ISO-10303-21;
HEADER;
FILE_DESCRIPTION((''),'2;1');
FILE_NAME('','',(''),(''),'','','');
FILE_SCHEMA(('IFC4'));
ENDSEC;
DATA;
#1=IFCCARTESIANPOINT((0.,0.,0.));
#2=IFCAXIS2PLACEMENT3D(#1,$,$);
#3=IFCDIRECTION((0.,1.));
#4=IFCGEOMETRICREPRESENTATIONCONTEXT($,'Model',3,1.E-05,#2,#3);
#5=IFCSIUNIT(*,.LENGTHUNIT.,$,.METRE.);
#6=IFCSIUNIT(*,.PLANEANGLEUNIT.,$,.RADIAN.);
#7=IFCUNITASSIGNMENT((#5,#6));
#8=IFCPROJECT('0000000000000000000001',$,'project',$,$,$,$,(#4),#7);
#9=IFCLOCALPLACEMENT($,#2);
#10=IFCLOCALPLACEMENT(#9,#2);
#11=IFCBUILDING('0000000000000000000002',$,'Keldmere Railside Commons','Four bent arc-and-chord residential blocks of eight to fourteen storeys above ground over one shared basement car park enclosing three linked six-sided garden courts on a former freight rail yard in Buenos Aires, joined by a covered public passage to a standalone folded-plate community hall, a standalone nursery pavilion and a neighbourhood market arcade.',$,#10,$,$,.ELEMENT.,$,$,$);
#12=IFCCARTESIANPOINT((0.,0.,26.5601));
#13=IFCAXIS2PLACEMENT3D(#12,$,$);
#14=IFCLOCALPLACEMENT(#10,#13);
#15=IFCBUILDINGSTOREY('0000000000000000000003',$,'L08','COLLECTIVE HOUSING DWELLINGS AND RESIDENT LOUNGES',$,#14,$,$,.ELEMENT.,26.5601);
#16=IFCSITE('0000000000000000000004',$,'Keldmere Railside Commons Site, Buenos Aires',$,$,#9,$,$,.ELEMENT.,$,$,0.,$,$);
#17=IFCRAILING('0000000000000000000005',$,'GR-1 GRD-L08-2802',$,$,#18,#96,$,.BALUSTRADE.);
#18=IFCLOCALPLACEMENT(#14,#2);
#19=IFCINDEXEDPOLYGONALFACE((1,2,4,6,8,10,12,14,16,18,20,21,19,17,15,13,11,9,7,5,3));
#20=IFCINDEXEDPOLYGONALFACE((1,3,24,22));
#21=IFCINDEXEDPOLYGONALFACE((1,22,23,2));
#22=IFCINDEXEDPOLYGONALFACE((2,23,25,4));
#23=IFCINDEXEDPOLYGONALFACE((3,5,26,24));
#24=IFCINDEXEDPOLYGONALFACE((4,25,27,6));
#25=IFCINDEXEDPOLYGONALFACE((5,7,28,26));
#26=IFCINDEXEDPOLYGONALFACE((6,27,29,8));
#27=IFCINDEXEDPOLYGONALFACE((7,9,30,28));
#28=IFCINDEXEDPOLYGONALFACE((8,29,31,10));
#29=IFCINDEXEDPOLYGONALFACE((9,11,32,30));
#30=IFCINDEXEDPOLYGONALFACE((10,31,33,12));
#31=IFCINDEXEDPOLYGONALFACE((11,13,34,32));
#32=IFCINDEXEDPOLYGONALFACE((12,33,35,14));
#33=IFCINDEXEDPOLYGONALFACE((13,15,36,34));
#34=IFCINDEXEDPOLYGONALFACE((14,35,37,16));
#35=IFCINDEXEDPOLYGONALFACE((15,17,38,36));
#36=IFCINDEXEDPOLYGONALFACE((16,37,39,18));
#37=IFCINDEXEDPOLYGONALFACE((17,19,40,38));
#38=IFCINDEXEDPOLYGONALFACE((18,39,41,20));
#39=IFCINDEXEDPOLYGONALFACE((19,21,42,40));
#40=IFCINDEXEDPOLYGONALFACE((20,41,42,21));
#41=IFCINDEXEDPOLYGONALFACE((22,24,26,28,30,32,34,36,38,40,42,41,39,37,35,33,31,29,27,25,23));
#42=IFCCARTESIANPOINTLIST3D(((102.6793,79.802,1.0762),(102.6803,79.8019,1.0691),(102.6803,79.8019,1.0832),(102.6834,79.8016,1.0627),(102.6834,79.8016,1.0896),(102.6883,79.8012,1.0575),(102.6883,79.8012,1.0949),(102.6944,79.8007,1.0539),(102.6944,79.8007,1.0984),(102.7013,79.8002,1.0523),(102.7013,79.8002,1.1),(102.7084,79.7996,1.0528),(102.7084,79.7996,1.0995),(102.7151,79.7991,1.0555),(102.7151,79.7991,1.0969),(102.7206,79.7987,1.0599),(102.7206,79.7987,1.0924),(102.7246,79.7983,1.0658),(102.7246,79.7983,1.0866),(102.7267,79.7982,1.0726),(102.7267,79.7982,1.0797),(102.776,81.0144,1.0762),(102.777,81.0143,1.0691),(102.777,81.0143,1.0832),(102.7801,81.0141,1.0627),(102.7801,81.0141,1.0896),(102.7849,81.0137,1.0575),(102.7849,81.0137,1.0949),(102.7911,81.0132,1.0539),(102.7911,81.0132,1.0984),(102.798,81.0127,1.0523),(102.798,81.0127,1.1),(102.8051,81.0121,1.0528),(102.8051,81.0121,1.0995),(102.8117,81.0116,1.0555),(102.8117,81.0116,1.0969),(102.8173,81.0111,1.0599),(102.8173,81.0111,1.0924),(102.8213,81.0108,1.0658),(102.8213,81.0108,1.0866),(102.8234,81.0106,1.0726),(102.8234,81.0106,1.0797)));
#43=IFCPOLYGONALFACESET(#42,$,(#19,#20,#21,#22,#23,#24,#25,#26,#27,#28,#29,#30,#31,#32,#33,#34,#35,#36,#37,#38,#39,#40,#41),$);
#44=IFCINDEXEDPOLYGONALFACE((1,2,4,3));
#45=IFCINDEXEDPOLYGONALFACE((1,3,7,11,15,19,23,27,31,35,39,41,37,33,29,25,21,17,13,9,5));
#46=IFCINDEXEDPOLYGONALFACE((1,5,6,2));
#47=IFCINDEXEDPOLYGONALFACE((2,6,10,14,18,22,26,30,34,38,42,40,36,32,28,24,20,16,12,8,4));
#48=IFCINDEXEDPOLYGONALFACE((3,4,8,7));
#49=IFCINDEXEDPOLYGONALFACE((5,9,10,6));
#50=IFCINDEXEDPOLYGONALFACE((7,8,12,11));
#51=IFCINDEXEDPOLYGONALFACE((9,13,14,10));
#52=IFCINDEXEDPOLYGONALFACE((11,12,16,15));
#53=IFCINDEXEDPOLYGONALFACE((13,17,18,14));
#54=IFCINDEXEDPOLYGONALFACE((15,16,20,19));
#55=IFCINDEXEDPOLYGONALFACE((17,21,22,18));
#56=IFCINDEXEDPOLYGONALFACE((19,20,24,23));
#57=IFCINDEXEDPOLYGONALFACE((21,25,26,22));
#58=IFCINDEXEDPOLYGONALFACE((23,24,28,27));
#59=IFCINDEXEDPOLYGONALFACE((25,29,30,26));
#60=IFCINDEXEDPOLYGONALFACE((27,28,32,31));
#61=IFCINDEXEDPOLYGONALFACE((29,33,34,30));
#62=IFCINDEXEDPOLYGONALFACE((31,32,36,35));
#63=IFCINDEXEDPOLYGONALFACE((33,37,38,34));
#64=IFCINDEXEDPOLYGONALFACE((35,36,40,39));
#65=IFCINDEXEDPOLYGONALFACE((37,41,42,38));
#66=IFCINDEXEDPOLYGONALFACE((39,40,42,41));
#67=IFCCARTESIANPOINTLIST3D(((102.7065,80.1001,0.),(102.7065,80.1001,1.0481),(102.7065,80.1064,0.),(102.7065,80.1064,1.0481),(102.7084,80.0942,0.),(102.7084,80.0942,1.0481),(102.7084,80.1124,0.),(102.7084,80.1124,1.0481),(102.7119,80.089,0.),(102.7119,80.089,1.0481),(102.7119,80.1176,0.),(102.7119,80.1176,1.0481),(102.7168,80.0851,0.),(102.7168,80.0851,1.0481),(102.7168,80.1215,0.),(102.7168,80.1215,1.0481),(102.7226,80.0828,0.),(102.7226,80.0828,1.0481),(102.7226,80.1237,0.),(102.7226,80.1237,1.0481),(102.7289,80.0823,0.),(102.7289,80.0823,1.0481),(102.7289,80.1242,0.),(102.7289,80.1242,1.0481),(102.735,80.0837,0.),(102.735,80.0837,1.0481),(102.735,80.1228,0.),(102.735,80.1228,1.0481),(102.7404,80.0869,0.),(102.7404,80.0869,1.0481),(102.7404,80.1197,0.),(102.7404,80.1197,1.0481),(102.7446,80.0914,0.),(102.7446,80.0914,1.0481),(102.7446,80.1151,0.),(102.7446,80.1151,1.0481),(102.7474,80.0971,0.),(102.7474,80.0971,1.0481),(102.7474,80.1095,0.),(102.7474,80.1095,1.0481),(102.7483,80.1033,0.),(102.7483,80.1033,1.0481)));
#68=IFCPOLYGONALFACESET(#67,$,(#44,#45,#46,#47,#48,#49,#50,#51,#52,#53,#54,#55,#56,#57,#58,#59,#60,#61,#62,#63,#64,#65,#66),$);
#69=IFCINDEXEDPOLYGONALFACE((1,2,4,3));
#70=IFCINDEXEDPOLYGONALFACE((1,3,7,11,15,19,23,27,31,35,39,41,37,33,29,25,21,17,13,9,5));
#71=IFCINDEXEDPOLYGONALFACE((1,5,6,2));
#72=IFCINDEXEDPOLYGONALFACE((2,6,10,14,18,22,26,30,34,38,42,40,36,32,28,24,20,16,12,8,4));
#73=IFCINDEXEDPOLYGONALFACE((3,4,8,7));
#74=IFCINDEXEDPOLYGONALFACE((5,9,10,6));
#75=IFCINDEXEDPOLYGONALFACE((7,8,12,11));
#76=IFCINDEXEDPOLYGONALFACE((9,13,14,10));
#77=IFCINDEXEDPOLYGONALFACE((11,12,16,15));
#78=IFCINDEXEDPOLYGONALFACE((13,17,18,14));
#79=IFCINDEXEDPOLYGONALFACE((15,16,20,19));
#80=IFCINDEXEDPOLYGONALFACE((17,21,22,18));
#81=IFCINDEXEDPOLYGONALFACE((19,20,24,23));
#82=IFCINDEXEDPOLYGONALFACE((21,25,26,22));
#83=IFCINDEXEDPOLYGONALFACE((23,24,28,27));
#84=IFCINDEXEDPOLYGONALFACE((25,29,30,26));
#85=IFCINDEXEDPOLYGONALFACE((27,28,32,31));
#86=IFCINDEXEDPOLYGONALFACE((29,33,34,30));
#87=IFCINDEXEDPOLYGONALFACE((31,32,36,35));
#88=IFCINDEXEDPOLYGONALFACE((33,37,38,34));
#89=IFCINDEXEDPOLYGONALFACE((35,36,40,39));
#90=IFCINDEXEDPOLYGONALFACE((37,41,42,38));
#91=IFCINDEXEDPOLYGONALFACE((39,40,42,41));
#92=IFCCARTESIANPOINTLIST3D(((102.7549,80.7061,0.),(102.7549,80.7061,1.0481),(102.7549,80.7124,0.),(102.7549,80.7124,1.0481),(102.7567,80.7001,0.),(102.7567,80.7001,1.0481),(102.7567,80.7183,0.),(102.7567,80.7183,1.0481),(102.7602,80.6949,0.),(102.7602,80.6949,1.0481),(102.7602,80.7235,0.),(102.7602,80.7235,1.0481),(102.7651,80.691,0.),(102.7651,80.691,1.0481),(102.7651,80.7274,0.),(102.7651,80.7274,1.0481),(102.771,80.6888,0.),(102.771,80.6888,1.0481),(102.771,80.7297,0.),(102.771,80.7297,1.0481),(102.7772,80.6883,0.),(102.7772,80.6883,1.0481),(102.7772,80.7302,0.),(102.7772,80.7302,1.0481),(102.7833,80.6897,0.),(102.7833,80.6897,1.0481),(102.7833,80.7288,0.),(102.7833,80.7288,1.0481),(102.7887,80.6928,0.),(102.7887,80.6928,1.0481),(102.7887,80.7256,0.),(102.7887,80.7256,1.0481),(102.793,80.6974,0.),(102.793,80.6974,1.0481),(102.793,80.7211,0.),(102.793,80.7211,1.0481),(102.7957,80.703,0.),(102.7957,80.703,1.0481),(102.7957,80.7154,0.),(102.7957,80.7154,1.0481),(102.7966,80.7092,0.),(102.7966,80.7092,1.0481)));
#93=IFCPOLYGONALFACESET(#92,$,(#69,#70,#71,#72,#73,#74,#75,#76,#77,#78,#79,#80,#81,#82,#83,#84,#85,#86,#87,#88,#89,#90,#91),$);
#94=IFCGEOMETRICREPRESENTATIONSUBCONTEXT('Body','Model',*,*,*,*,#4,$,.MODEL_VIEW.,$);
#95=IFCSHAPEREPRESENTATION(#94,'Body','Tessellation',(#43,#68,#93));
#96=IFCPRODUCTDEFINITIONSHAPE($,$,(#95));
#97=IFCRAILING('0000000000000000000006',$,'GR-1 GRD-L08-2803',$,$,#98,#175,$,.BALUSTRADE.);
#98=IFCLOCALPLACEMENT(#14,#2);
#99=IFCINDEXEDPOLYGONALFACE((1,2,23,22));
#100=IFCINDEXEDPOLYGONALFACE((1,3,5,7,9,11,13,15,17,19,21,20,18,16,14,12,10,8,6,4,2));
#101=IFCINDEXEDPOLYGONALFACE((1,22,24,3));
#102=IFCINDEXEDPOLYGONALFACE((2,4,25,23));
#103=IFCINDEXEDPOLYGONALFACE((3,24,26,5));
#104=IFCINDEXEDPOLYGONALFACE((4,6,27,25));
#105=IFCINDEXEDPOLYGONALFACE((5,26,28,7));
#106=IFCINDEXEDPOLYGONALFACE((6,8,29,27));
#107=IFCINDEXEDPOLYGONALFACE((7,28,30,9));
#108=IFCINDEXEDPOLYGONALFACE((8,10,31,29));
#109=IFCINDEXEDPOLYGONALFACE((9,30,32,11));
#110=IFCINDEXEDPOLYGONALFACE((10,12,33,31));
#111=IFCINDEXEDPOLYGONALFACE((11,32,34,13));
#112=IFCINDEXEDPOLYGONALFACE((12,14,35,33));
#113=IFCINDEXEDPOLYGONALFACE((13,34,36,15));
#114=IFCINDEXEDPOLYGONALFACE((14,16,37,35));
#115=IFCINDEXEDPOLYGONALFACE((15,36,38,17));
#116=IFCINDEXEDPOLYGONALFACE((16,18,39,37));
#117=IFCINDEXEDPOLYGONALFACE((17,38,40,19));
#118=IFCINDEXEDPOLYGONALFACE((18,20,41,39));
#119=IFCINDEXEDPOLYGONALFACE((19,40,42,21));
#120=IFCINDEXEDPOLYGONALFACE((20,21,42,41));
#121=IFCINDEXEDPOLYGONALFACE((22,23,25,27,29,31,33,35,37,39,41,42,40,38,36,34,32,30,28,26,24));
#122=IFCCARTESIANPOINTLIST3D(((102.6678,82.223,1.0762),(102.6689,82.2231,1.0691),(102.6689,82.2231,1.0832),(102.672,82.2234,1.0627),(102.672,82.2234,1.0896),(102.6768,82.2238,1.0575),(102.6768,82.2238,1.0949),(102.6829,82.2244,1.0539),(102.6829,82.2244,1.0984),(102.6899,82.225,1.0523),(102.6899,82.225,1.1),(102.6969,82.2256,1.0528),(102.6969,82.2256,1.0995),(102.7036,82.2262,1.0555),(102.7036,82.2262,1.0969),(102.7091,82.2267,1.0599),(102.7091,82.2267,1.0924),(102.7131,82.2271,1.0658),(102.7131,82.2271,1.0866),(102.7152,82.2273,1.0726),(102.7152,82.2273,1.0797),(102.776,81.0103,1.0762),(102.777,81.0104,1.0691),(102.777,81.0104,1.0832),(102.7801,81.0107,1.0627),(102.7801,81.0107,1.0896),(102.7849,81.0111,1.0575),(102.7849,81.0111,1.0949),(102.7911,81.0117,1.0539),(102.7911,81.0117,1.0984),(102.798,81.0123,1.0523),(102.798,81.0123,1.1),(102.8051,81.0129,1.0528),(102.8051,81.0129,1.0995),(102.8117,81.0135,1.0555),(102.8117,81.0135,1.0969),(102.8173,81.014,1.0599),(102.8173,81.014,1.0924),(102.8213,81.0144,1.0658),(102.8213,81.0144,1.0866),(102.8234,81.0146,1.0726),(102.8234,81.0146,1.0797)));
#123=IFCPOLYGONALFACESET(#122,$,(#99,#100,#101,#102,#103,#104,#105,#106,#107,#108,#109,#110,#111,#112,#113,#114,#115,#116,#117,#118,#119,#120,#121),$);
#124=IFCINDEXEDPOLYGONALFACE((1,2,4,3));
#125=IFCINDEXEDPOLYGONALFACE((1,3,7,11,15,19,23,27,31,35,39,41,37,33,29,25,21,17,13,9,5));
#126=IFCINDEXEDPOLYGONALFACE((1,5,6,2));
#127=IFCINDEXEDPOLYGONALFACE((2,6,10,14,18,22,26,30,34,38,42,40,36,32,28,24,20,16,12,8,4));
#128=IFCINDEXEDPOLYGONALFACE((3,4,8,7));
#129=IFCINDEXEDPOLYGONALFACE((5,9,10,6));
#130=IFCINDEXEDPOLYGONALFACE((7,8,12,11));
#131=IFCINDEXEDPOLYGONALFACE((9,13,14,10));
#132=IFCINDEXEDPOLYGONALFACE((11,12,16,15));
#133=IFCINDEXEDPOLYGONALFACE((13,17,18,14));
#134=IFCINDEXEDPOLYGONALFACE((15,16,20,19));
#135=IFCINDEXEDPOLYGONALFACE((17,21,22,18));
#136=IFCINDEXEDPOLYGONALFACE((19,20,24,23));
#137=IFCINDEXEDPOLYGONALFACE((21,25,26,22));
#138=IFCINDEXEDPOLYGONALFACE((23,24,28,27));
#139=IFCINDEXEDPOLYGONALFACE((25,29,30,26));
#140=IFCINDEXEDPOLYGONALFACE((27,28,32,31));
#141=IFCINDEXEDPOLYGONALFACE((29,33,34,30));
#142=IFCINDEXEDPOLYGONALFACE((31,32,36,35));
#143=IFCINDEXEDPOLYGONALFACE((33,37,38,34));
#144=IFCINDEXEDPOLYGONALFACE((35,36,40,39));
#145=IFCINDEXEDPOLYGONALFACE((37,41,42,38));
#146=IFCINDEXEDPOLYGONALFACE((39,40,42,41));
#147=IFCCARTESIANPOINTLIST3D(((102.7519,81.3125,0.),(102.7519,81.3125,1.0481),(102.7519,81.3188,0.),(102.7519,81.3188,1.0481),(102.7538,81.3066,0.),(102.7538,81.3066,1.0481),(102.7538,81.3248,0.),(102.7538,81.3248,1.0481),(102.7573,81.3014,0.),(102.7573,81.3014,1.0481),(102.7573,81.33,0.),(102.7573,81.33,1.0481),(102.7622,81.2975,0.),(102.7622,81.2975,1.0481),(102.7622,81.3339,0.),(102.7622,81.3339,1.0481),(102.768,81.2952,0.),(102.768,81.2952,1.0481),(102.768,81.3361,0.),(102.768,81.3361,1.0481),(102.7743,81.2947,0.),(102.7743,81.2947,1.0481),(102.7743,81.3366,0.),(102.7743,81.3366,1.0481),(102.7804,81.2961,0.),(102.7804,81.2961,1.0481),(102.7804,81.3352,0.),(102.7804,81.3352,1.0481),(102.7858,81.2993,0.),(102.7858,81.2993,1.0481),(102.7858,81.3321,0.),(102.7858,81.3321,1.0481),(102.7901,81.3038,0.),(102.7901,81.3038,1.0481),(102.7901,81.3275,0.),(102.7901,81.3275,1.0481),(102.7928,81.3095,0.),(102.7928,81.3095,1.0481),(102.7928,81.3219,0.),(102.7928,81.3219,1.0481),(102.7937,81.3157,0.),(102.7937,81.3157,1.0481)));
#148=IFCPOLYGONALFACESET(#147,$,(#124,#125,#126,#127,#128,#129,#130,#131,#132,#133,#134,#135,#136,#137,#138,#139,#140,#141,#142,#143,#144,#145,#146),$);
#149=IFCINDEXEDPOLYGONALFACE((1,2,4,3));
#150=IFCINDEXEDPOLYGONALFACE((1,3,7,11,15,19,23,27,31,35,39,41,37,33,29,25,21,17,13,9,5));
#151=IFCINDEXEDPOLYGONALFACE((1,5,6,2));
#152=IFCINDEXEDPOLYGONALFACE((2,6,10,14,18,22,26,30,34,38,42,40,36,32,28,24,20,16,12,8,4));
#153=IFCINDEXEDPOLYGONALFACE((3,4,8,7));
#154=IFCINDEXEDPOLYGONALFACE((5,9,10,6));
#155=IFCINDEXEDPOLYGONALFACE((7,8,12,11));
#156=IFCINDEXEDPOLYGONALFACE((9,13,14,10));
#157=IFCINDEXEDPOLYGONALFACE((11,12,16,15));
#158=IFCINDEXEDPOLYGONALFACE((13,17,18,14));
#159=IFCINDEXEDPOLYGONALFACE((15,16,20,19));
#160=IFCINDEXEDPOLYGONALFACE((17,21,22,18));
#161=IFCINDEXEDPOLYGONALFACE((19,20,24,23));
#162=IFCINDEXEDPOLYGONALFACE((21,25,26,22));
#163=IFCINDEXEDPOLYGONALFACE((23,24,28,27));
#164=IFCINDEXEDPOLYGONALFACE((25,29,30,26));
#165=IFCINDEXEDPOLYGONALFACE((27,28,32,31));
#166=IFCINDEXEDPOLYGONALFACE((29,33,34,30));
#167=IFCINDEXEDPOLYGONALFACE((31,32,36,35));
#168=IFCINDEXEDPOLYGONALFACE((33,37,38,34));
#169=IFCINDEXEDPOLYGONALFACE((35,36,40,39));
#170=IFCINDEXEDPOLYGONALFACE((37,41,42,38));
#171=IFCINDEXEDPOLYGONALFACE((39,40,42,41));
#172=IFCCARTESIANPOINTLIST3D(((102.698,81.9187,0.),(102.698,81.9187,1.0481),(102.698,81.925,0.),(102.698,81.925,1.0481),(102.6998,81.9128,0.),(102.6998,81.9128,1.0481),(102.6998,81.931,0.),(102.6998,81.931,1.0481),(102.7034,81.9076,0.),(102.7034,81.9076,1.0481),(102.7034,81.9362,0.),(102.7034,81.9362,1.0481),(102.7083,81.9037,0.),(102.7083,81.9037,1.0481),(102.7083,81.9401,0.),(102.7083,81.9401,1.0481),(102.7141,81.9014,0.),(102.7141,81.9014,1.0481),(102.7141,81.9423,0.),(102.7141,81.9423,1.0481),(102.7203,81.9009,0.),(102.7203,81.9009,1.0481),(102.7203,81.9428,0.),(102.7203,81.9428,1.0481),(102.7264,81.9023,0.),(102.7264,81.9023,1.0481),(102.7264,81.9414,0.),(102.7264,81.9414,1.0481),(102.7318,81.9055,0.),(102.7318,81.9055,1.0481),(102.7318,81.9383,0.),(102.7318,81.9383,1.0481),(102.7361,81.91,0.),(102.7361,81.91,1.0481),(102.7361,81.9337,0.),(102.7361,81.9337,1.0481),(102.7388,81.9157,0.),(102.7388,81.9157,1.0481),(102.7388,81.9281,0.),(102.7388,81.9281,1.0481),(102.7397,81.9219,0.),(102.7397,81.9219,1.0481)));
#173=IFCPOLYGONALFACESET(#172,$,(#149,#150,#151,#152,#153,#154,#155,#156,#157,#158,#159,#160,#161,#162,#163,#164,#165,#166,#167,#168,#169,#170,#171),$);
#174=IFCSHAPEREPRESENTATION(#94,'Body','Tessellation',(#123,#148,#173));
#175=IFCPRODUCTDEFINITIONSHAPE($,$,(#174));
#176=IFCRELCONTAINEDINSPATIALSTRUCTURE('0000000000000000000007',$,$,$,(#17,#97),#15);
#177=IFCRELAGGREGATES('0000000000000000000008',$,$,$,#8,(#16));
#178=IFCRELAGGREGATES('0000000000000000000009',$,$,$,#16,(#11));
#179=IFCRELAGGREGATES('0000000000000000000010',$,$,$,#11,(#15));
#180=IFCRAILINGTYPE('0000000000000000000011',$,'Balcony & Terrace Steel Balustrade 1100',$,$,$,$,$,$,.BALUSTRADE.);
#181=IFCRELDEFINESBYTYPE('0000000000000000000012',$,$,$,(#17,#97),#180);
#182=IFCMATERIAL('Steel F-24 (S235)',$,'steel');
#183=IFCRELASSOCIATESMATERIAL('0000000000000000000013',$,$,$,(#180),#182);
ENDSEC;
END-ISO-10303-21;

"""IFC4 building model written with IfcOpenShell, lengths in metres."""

from ifc_helpers import new_model, si_unit, direction, frame, origin, origin_2d, place, context, subcontext, project, spatial, circle, extrude, material, type_object, element, save


model = new_model("IFC4")

# Units and contexts
model_context = context("Model", 3, precision=1e-05, world=origin(), true_north=direction((0.0, 1.0)))
body_context = subcontext(model_context, "Body", "Model", "MODEL_VIEW")
ifc_project = project(units=[si_unit("LENGTHUNIT", "METRE"), si_unit("PLANEANGLEUNIT", "RADIAN")], contexts=[model_context])

# Site, building, storey
site_placement = place(None, origin())
site = spatial("IfcSite", under=ifc_project, at=site_placement, Name="Keldmere Railside Commons Site, Buenos Aires", CompositionType="ELEMENT", RefElevation=0.0)
building_placement = place(site_placement, origin())
building = spatial("IfcBuilding", under=site, at=building_placement, Name="Keldmere Railside Commons", Description="Four bent arc-and-chord residential blocks of eight to fourteen storeys above ground over one shared basement car park enclosing three linked six-sided garden courts on a former freight rail yard in Buenos Aires, joined by a covered public passage to a standalone folded-plate community hall, a standalone nursery pavilion and a neighbourhood market arcade.", CompositionType="ELEMENT")
storey_placement = place(building_placement, frame((0.0, 0.0, 26.5601)))
storey = spatial("IfcBuildingStorey", under=building, at=storey_placement, Name="L08", Description="COLLECTIVE HOUSING DWELLINGS AND RESIDENT LOUNGES", CompositionType="ELEMENT", Elevation=26.5601)

# Railings
ifc_material_1 = material(Name="Steel F-24 (S235)", Category="steel")
railing_type_1 = type_object("IfcRailingType", Name="Balcony & Terrace Steel Balustrade 1100", PredefinedType="BALUSTRADE", material=ifc_material_1)
railing_1_placement = place(storey_placement, frame((102.7031, 79.8, 0.0)))
element("IfcRailing", 1, at=railing_1_placement, inside=storey, type_object=railing_type_1, Name="GR-1 GRD-L08-2802", PredefinedType="BALUSTRADE", context=body_context, shape_type="SweptSolid", body=[
    extrude(circle(Radius=0.0239, at=origin_2d()), frame((0.0, 0.0, 1.0762), z_axis=(0.07949, 0.996836, 0.0), x_axis=(-0.996836, 0.07949, 0.0)), (0.0, 0.0, 1.0), 1.2163),
    extrude(circle(Radius=0.021, at=origin_2d()), frame((0.0242, 0.3032, 0.0)), (0.0, 0.0, 1.0), 1.0481),
    extrude(circle(Radius=0.021, at=origin_2d()), frame((0.0725, 0.9092, 0.0)), (0.0, 0.0, 1.0), 1.0481),
])
railing_2_placement = place(storey_placement, frame((102.7998, 81.0125, 0.0)))
element("IfcRailing", 2, at=railing_2_placement, inside=storey, type_object=railing_type_1, Name="GR-1 GRD-L08-2803", PredefinedType="BALUSTRADE", context=body_context, shape_type="SweptSolid", body=[
    extrude(circle(Radius=0.0239, at=origin_2d()), frame((0.0, 0.0, 1.0762), z_axis=(-0.088836, 0.996046, 0.0), x_axis=(-0.996046, -0.088836, 0.0)), (0.0, 0.0, 1.0), 1.2175),
    extrude(circle(Radius=0.021, at=origin_2d()), frame((-0.0271, 0.3032, 0.0)), (0.0, 0.0, 1.0), 1.0481),
    extrude(circle(Radius=0.021, at=origin_2d()), frame((-0.0811, 0.9094, 0.0)), (0.0, 0.0, 1.0), 1.0481),
])

save(model, "model.ifc")
